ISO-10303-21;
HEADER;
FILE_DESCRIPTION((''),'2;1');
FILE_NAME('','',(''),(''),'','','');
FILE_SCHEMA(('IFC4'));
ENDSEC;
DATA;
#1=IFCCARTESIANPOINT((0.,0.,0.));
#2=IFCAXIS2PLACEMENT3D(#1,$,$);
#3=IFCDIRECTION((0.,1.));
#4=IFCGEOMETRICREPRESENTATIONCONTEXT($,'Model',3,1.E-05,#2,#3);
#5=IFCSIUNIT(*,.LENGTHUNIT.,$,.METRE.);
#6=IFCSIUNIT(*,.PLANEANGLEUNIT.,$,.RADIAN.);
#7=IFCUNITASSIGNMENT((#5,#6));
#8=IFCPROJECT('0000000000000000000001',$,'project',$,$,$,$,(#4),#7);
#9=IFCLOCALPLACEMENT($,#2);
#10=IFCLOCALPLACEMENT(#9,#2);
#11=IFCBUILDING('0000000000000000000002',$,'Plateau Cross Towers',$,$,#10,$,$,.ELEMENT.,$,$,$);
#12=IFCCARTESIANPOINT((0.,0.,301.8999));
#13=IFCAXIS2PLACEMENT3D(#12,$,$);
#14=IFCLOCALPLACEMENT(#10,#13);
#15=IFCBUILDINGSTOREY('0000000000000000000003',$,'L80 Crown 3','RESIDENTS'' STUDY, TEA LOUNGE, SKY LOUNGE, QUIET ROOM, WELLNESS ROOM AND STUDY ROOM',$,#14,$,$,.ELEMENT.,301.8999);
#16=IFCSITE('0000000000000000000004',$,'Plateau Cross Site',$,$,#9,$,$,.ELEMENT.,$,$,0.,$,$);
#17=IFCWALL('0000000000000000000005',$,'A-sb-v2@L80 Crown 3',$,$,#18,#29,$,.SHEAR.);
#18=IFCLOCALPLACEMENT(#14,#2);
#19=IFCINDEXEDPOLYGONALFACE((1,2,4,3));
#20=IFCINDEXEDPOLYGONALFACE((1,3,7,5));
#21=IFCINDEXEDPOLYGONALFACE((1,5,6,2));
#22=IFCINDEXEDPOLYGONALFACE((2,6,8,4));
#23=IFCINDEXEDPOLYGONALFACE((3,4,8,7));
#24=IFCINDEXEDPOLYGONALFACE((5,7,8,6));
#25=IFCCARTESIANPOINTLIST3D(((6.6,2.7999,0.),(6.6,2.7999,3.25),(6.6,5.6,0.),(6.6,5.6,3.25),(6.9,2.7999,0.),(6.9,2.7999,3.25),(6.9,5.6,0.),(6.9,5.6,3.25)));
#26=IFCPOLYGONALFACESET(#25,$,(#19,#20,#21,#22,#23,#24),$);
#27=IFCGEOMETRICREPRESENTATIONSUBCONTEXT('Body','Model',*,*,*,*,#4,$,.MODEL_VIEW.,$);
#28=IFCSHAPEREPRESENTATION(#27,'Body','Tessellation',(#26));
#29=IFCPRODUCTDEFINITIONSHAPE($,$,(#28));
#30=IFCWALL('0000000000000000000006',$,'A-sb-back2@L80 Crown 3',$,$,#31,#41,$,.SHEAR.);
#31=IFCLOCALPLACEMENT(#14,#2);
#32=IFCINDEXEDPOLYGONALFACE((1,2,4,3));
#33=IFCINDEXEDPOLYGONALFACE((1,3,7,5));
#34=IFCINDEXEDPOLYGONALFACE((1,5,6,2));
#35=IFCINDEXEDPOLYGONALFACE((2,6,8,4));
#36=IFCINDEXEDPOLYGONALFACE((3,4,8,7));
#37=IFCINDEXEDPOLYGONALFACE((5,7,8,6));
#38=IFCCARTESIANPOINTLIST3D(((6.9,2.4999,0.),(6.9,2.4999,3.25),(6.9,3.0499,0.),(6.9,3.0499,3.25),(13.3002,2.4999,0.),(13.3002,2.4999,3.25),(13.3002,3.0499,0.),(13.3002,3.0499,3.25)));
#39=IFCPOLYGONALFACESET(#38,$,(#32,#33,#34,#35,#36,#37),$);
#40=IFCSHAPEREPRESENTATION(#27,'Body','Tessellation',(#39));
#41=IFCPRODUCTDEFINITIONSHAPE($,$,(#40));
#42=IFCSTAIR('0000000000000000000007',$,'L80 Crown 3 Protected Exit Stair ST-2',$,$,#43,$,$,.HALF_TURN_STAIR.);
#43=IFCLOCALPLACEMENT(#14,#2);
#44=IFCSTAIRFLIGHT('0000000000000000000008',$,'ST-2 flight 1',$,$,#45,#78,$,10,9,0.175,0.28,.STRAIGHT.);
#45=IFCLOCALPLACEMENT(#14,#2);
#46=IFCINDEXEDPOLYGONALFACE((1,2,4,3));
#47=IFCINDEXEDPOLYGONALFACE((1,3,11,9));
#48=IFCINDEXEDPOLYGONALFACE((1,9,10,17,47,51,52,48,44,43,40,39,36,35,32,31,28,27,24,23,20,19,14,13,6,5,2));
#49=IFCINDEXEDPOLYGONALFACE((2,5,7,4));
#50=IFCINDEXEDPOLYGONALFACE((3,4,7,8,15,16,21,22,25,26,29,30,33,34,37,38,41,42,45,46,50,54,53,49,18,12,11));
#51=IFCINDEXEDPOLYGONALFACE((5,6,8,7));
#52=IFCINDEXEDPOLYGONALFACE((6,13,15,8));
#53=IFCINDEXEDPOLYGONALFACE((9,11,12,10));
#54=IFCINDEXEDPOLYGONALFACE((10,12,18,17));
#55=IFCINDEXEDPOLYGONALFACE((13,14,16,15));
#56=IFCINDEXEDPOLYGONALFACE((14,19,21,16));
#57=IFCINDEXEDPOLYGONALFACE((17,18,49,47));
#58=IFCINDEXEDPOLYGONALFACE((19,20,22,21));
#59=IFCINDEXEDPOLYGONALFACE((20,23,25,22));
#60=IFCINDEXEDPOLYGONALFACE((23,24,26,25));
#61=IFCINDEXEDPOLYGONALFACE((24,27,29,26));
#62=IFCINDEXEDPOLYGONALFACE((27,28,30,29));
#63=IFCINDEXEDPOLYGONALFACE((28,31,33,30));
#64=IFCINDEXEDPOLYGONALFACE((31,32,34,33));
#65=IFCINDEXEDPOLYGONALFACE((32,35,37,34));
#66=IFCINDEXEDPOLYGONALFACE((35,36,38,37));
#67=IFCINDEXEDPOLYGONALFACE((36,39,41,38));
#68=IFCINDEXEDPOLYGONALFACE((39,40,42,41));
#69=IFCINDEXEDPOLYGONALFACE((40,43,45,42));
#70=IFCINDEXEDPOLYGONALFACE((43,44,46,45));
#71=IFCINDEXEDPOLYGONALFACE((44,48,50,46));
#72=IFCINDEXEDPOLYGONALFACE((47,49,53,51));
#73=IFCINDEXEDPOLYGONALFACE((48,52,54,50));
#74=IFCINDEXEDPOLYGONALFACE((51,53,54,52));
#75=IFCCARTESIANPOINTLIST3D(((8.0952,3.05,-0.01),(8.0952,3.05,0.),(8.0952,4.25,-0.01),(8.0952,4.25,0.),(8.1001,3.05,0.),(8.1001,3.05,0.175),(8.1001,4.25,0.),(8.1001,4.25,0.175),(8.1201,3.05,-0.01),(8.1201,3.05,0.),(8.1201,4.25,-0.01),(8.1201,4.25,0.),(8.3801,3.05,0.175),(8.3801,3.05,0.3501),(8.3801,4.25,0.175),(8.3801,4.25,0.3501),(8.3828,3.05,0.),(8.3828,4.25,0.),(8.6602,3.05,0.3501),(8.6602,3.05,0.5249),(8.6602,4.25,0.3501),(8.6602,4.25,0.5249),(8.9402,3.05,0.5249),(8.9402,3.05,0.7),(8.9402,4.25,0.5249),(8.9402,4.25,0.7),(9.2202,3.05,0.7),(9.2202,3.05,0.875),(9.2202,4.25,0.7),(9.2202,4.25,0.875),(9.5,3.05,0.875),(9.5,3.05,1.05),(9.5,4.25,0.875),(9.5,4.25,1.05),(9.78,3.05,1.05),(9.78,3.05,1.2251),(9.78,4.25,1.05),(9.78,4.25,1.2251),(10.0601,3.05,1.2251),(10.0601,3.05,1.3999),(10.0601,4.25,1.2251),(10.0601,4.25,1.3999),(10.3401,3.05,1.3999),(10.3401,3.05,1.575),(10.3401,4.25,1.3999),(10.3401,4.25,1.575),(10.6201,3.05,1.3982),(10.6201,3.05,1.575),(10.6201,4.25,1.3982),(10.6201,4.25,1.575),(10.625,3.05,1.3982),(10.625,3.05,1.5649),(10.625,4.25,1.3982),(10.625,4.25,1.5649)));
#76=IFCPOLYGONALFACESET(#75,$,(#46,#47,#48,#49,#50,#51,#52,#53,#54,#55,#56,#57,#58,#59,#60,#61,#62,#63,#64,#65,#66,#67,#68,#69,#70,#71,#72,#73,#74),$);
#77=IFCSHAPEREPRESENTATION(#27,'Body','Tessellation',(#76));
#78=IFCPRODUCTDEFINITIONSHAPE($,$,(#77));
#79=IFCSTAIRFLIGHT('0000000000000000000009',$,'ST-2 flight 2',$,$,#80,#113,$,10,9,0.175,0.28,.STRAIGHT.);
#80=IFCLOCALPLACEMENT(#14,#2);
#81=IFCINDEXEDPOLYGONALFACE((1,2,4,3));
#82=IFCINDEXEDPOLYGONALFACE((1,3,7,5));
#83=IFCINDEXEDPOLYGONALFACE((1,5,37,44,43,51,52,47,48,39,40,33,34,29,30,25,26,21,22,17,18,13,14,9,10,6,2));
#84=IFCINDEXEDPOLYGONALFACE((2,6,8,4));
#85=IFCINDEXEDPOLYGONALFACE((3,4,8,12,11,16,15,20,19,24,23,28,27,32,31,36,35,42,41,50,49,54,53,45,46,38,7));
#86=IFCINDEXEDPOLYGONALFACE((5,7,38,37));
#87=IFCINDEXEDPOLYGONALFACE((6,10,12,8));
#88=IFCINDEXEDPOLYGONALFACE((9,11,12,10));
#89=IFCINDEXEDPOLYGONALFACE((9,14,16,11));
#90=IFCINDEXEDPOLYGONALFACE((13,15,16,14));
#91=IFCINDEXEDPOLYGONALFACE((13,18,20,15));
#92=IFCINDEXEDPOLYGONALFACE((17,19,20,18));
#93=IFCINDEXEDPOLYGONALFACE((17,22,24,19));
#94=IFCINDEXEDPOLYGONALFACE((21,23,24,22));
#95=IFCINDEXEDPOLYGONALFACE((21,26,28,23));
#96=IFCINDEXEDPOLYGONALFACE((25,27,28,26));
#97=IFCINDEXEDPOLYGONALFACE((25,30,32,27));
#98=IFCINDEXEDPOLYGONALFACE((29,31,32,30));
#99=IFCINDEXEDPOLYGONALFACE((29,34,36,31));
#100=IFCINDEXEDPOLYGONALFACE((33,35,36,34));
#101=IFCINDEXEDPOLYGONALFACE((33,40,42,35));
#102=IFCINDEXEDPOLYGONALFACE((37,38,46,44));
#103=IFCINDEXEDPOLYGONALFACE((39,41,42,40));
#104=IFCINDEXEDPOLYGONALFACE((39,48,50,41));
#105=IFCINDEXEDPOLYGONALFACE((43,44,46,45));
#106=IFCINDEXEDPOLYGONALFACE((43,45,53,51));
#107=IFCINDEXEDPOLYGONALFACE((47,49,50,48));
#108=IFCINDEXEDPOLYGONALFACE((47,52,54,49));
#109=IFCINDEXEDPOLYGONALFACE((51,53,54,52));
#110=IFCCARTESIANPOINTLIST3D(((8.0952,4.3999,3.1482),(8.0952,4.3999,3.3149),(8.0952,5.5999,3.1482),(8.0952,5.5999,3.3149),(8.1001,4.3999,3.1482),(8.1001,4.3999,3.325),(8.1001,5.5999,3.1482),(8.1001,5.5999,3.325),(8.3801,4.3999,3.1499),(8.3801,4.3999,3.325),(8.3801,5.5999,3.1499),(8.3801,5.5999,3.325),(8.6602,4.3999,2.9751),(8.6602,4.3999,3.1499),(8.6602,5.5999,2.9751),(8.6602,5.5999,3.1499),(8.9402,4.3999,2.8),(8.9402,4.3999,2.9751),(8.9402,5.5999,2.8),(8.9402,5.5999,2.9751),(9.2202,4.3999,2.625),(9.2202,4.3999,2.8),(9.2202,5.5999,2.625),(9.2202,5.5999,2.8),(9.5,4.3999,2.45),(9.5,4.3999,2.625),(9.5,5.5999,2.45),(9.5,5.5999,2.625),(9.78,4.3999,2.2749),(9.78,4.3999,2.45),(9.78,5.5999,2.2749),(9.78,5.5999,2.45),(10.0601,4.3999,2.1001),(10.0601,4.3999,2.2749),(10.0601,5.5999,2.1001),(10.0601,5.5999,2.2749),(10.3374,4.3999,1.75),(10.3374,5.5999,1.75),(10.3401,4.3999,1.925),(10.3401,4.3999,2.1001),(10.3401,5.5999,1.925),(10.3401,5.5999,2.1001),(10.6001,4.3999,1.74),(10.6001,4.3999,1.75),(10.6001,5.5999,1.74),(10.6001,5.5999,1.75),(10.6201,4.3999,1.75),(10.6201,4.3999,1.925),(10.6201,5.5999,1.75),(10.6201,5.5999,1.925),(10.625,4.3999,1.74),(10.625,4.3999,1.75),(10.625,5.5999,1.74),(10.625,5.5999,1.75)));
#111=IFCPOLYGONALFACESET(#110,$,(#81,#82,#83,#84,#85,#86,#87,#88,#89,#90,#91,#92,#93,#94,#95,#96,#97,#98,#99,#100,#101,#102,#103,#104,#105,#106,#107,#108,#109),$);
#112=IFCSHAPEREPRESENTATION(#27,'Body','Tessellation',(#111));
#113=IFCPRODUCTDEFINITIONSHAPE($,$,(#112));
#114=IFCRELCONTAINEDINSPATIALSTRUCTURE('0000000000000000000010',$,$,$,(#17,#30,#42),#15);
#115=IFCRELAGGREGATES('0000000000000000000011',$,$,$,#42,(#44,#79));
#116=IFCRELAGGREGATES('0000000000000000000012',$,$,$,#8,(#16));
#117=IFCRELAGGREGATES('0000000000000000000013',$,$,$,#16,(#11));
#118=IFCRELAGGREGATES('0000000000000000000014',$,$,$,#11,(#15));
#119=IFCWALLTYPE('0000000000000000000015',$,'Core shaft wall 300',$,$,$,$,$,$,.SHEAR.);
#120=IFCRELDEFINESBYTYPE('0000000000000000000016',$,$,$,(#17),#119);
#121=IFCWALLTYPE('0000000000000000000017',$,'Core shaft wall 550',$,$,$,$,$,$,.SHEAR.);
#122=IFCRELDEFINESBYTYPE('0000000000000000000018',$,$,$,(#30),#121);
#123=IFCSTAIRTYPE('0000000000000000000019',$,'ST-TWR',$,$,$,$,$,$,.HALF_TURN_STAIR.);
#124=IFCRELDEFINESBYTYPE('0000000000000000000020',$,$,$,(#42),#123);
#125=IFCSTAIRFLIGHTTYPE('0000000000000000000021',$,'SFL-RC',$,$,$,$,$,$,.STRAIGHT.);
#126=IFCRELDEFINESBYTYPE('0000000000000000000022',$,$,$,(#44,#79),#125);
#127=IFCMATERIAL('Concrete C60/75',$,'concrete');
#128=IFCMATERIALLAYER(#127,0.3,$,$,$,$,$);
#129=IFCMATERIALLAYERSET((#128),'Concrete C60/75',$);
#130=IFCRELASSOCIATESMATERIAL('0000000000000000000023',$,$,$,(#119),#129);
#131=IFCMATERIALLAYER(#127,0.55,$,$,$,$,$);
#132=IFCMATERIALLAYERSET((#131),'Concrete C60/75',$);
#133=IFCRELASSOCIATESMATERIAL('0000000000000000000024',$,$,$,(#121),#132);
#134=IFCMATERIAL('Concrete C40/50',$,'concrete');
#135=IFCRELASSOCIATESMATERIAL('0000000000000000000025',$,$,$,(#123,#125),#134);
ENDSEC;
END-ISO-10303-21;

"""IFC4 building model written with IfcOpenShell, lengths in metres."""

from ifc_helpers import new_model, si_unit, direction, frame, frame_2d, origin, place, context, subcontext, project, spatial, polyline, rectangle, outline, extrude, material, layer, layer_set, type_object, element, aggregate, save


model = new_model("IFC4")

# Units and contexts
model_context = context("Model", 3, precision=1e-05, world=origin(), true_north=direction((0.0, 1.0)))
body_context = subcontext(model_context, "Body", "Model", "MODEL_VIEW")
ifc_project = project(units=[si_unit("LENGTHUNIT", "METRE"), si_unit("PLANEANGLEUNIT", "RADIAN")], contexts=[model_context])

# Site, building, storey
site_placement = place(None, origin())
site = spatial("IfcSite", under=ifc_project, at=site_placement, Name="Plateau Cross Site", CompositionType="ELEMENT", RefElevation=0.0)
building_placement = place(site_placement, origin())
building = spatial("IfcBuilding", under=site, at=building_placement, Name="Plateau Cross Towers", CompositionType="ELEMENT")
storey_placement = place(building_placement, frame((0.0, 0.0, 301.8999)))
storey = spatial("IfcBuildingStorey", under=building, at=storey_placement, Name="L80 Crown 3", Description="RESIDENTS' STUDY, TEA LOUNGE, SKY LOUNGE, QUIET ROOM, WELLNESS ROOM AND STUDY ROOM", CompositionType="ELEMENT", Elevation=301.8999)

# Walls
ifc_material_1 = material(Name="Concrete C60/75", Category="concrete")
ifc_layer_1 = layer(ifc_material_1, 0.3)
ifc_layer_set_1 = layer_set([ifc_layer_1], Name="Concrete C60/75")
wall_type_1 = type_object("IfcWallType", Name="Core shaft wall 300", PredefinedType="SHEAR", material=ifc_layer_set_1)
for number, where, z_axis, x_axis, name in (
    (1, (6.75, 2.8, 0.0), (0.0, 0.0, 1.0), (0.0, 1.0, 0.0), "A-sb-v2@L80 Crown 3"),
):
    element("IfcWall", number, at=place(storey_placement, frame(where, z_axis=z_axis, x_axis=x_axis)), inside=storey, type_object=wall_type_1, Name=name, PredefinedType="SHEAR", context=body_context, shape_type="SweptSolid", body=[
        extrude(rectangle(XDim=2.8, YDim=0.3, at=frame_2d((1.3999, 0.0))), origin(), (0.0, 0.0, 1.0), 3.25),
    ])
ifc_layer_2 = layer(ifc_material_1, 0.55)
ifc_layer_set_2 = layer_set([ifc_layer_2], Name="Concrete C60/75")
wall_type_2 = type_object("IfcWallType", Name="Core shaft wall 550", PredefinedType="SHEAR", material=ifc_layer_set_2)
wall_1_placement = place(storey_placement, frame((6.8999, 2.7749, 0.0), z_axis=(0.0, 0.0, 1.0), x_axis=(1.0, 0.0, 0.0)))
element("IfcWall", 2, at=wall_1_placement, inside=storey, type_object=wall_type_2, Name="A-sb-back2@L80 Crown 3", PredefinedType="SHEAR", context=body_context, shape_type="SweptSolid", body=[
    extrude(rectangle(XDim=6.4001, YDim=0.55, at=frame_2d((3.2002, 0.0))), origin(), (0.0, 0.0, 1.0), 3.25),
])

# Stair, stair flights
ifc_material_2 = material(Name="Concrete C40/50", Category="concrete")
stair_type = type_object("IfcStairType", Name="ST-TWR", PredefinedType="HALF_TURN_STAIR", material=ifc_material_2)
stair_placement = place(storey_placement, origin())
stair = element("IfcStair", 3, at=stair_placement, inside=storey, type_object=stair_type, Name="L80 Crown 3 Protected Exit Stair ST-2", PredefinedType="HALF_TURN_STAIR")
stair_flight_type = type_object("IfcStairFlightType", Name="SFL-RC", PredefinedType="STRAIGHT", material=ifc_material_2)
stair_flight_1_placement = place(storey_placement, frame((8.1001, 3.6499, 0.0), z_axis=(0.0, 0.0, 1.0), x_axis=(1.0, 0.0, 0.0)))
stair_flight_1 = element("IfcStairFlight", 4, at=stair_flight_1_placement, type_object=stair_flight_type, Name="ST-2 flight 1", NumberOfRisers=10, NumberOfTreads=9, PredefinedType="STRAIGHT", RiserHeight=0.175, TreadLength=0.28, context=body_context, shape_type="SweptSolid", body=[
    extrude(outline(polyline([(-0.0049, -0.01), (-0.0049, 0.0), (0.0, 0.0), (0.0, 0.175), (0.28, 0.175), (0.28, 0.3501), (0.5601, 0.3501), (0.5601, 0.5249), (0.8401, 0.5249), (0.8401, 0.7), (1.1201, 0.7), (1.1201, 0.875), (1.3999, 0.875), (1.3999, 1.05), (1.6799, 1.05), (1.6799, 1.2251), (1.96, 1.2251), (1.96, 1.3999), (2.24, 1.3999), (2.24, 1.575), (2.52, 1.575), (2.5249, 1.5649), (2.5249, 1.3982), (2.52, 1.3982), (0.2827, 0.0), (0.02, 0.0), (0.02, -0.01), (-0.0049, -0.01)])), frame((0.0, 0.6001, 0.0), z_axis=(0.0, -1.0, 0.0), x_axis=(1.0, 0.0, 0.0)), (0.0, 0.0, 1.0), 1.2),
])
stair_flight_2_placement = place(storey_placement, frame((10.6201, 5.0, 1.75), z_axis=(0.0, 0.0, 1.0), x_axis=(-1.0, 0.0, 0.0)))
stair_flight_2 = element("IfcStairFlight", 5, at=stair_flight_2_placement, type_object=stair_flight_type, Name="ST-2 flight 2", NumberOfRisers=10, NumberOfTreads=9, PredefinedType="STRAIGHT", RiserHeight=0.175, TreadLength=0.28, context=body_context, shape_type="SweptSolid", body=[
    extrude(outline(polyline([(-0.0049, -0.01), (-0.0049, 0.0), (0.0, 0.0), (0.0, 0.175), (0.28, 0.175), (0.28, 0.3501), (0.5601, 0.3501), (0.5601, 0.5249), (0.8401, 0.5249), (0.8401, 0.7), (1.1201, 0.7), (1.1201, 0.875), (1.3999, 0.875), (1.3999, 1.05), (1.6799, 1.05), (1.6799, 1.2251), (1.96, 1.2251), (1.96, 1.3999), (2.24, 1.3999), (2.24, 1.575), (2.52, 1.575), (2.5249, 1.5649), (2.5249, 1.3982), (2.52, 1.3982), (0.2827, 0.0), (0.02, 0.0), (0.02, -0.01), (-0.0049, -0.01)])), frame((0.0, 0.6001, 0.0), z_axis=(0.0, -1.0, 0.0), x_axis=(1.0, 0.0, 0.0)), (0.0, 0.0, 1.0), 1.2),
])
aggregate(stair, [stair_flight_1, stair_flight_2])

save(model, "model.ifc")
